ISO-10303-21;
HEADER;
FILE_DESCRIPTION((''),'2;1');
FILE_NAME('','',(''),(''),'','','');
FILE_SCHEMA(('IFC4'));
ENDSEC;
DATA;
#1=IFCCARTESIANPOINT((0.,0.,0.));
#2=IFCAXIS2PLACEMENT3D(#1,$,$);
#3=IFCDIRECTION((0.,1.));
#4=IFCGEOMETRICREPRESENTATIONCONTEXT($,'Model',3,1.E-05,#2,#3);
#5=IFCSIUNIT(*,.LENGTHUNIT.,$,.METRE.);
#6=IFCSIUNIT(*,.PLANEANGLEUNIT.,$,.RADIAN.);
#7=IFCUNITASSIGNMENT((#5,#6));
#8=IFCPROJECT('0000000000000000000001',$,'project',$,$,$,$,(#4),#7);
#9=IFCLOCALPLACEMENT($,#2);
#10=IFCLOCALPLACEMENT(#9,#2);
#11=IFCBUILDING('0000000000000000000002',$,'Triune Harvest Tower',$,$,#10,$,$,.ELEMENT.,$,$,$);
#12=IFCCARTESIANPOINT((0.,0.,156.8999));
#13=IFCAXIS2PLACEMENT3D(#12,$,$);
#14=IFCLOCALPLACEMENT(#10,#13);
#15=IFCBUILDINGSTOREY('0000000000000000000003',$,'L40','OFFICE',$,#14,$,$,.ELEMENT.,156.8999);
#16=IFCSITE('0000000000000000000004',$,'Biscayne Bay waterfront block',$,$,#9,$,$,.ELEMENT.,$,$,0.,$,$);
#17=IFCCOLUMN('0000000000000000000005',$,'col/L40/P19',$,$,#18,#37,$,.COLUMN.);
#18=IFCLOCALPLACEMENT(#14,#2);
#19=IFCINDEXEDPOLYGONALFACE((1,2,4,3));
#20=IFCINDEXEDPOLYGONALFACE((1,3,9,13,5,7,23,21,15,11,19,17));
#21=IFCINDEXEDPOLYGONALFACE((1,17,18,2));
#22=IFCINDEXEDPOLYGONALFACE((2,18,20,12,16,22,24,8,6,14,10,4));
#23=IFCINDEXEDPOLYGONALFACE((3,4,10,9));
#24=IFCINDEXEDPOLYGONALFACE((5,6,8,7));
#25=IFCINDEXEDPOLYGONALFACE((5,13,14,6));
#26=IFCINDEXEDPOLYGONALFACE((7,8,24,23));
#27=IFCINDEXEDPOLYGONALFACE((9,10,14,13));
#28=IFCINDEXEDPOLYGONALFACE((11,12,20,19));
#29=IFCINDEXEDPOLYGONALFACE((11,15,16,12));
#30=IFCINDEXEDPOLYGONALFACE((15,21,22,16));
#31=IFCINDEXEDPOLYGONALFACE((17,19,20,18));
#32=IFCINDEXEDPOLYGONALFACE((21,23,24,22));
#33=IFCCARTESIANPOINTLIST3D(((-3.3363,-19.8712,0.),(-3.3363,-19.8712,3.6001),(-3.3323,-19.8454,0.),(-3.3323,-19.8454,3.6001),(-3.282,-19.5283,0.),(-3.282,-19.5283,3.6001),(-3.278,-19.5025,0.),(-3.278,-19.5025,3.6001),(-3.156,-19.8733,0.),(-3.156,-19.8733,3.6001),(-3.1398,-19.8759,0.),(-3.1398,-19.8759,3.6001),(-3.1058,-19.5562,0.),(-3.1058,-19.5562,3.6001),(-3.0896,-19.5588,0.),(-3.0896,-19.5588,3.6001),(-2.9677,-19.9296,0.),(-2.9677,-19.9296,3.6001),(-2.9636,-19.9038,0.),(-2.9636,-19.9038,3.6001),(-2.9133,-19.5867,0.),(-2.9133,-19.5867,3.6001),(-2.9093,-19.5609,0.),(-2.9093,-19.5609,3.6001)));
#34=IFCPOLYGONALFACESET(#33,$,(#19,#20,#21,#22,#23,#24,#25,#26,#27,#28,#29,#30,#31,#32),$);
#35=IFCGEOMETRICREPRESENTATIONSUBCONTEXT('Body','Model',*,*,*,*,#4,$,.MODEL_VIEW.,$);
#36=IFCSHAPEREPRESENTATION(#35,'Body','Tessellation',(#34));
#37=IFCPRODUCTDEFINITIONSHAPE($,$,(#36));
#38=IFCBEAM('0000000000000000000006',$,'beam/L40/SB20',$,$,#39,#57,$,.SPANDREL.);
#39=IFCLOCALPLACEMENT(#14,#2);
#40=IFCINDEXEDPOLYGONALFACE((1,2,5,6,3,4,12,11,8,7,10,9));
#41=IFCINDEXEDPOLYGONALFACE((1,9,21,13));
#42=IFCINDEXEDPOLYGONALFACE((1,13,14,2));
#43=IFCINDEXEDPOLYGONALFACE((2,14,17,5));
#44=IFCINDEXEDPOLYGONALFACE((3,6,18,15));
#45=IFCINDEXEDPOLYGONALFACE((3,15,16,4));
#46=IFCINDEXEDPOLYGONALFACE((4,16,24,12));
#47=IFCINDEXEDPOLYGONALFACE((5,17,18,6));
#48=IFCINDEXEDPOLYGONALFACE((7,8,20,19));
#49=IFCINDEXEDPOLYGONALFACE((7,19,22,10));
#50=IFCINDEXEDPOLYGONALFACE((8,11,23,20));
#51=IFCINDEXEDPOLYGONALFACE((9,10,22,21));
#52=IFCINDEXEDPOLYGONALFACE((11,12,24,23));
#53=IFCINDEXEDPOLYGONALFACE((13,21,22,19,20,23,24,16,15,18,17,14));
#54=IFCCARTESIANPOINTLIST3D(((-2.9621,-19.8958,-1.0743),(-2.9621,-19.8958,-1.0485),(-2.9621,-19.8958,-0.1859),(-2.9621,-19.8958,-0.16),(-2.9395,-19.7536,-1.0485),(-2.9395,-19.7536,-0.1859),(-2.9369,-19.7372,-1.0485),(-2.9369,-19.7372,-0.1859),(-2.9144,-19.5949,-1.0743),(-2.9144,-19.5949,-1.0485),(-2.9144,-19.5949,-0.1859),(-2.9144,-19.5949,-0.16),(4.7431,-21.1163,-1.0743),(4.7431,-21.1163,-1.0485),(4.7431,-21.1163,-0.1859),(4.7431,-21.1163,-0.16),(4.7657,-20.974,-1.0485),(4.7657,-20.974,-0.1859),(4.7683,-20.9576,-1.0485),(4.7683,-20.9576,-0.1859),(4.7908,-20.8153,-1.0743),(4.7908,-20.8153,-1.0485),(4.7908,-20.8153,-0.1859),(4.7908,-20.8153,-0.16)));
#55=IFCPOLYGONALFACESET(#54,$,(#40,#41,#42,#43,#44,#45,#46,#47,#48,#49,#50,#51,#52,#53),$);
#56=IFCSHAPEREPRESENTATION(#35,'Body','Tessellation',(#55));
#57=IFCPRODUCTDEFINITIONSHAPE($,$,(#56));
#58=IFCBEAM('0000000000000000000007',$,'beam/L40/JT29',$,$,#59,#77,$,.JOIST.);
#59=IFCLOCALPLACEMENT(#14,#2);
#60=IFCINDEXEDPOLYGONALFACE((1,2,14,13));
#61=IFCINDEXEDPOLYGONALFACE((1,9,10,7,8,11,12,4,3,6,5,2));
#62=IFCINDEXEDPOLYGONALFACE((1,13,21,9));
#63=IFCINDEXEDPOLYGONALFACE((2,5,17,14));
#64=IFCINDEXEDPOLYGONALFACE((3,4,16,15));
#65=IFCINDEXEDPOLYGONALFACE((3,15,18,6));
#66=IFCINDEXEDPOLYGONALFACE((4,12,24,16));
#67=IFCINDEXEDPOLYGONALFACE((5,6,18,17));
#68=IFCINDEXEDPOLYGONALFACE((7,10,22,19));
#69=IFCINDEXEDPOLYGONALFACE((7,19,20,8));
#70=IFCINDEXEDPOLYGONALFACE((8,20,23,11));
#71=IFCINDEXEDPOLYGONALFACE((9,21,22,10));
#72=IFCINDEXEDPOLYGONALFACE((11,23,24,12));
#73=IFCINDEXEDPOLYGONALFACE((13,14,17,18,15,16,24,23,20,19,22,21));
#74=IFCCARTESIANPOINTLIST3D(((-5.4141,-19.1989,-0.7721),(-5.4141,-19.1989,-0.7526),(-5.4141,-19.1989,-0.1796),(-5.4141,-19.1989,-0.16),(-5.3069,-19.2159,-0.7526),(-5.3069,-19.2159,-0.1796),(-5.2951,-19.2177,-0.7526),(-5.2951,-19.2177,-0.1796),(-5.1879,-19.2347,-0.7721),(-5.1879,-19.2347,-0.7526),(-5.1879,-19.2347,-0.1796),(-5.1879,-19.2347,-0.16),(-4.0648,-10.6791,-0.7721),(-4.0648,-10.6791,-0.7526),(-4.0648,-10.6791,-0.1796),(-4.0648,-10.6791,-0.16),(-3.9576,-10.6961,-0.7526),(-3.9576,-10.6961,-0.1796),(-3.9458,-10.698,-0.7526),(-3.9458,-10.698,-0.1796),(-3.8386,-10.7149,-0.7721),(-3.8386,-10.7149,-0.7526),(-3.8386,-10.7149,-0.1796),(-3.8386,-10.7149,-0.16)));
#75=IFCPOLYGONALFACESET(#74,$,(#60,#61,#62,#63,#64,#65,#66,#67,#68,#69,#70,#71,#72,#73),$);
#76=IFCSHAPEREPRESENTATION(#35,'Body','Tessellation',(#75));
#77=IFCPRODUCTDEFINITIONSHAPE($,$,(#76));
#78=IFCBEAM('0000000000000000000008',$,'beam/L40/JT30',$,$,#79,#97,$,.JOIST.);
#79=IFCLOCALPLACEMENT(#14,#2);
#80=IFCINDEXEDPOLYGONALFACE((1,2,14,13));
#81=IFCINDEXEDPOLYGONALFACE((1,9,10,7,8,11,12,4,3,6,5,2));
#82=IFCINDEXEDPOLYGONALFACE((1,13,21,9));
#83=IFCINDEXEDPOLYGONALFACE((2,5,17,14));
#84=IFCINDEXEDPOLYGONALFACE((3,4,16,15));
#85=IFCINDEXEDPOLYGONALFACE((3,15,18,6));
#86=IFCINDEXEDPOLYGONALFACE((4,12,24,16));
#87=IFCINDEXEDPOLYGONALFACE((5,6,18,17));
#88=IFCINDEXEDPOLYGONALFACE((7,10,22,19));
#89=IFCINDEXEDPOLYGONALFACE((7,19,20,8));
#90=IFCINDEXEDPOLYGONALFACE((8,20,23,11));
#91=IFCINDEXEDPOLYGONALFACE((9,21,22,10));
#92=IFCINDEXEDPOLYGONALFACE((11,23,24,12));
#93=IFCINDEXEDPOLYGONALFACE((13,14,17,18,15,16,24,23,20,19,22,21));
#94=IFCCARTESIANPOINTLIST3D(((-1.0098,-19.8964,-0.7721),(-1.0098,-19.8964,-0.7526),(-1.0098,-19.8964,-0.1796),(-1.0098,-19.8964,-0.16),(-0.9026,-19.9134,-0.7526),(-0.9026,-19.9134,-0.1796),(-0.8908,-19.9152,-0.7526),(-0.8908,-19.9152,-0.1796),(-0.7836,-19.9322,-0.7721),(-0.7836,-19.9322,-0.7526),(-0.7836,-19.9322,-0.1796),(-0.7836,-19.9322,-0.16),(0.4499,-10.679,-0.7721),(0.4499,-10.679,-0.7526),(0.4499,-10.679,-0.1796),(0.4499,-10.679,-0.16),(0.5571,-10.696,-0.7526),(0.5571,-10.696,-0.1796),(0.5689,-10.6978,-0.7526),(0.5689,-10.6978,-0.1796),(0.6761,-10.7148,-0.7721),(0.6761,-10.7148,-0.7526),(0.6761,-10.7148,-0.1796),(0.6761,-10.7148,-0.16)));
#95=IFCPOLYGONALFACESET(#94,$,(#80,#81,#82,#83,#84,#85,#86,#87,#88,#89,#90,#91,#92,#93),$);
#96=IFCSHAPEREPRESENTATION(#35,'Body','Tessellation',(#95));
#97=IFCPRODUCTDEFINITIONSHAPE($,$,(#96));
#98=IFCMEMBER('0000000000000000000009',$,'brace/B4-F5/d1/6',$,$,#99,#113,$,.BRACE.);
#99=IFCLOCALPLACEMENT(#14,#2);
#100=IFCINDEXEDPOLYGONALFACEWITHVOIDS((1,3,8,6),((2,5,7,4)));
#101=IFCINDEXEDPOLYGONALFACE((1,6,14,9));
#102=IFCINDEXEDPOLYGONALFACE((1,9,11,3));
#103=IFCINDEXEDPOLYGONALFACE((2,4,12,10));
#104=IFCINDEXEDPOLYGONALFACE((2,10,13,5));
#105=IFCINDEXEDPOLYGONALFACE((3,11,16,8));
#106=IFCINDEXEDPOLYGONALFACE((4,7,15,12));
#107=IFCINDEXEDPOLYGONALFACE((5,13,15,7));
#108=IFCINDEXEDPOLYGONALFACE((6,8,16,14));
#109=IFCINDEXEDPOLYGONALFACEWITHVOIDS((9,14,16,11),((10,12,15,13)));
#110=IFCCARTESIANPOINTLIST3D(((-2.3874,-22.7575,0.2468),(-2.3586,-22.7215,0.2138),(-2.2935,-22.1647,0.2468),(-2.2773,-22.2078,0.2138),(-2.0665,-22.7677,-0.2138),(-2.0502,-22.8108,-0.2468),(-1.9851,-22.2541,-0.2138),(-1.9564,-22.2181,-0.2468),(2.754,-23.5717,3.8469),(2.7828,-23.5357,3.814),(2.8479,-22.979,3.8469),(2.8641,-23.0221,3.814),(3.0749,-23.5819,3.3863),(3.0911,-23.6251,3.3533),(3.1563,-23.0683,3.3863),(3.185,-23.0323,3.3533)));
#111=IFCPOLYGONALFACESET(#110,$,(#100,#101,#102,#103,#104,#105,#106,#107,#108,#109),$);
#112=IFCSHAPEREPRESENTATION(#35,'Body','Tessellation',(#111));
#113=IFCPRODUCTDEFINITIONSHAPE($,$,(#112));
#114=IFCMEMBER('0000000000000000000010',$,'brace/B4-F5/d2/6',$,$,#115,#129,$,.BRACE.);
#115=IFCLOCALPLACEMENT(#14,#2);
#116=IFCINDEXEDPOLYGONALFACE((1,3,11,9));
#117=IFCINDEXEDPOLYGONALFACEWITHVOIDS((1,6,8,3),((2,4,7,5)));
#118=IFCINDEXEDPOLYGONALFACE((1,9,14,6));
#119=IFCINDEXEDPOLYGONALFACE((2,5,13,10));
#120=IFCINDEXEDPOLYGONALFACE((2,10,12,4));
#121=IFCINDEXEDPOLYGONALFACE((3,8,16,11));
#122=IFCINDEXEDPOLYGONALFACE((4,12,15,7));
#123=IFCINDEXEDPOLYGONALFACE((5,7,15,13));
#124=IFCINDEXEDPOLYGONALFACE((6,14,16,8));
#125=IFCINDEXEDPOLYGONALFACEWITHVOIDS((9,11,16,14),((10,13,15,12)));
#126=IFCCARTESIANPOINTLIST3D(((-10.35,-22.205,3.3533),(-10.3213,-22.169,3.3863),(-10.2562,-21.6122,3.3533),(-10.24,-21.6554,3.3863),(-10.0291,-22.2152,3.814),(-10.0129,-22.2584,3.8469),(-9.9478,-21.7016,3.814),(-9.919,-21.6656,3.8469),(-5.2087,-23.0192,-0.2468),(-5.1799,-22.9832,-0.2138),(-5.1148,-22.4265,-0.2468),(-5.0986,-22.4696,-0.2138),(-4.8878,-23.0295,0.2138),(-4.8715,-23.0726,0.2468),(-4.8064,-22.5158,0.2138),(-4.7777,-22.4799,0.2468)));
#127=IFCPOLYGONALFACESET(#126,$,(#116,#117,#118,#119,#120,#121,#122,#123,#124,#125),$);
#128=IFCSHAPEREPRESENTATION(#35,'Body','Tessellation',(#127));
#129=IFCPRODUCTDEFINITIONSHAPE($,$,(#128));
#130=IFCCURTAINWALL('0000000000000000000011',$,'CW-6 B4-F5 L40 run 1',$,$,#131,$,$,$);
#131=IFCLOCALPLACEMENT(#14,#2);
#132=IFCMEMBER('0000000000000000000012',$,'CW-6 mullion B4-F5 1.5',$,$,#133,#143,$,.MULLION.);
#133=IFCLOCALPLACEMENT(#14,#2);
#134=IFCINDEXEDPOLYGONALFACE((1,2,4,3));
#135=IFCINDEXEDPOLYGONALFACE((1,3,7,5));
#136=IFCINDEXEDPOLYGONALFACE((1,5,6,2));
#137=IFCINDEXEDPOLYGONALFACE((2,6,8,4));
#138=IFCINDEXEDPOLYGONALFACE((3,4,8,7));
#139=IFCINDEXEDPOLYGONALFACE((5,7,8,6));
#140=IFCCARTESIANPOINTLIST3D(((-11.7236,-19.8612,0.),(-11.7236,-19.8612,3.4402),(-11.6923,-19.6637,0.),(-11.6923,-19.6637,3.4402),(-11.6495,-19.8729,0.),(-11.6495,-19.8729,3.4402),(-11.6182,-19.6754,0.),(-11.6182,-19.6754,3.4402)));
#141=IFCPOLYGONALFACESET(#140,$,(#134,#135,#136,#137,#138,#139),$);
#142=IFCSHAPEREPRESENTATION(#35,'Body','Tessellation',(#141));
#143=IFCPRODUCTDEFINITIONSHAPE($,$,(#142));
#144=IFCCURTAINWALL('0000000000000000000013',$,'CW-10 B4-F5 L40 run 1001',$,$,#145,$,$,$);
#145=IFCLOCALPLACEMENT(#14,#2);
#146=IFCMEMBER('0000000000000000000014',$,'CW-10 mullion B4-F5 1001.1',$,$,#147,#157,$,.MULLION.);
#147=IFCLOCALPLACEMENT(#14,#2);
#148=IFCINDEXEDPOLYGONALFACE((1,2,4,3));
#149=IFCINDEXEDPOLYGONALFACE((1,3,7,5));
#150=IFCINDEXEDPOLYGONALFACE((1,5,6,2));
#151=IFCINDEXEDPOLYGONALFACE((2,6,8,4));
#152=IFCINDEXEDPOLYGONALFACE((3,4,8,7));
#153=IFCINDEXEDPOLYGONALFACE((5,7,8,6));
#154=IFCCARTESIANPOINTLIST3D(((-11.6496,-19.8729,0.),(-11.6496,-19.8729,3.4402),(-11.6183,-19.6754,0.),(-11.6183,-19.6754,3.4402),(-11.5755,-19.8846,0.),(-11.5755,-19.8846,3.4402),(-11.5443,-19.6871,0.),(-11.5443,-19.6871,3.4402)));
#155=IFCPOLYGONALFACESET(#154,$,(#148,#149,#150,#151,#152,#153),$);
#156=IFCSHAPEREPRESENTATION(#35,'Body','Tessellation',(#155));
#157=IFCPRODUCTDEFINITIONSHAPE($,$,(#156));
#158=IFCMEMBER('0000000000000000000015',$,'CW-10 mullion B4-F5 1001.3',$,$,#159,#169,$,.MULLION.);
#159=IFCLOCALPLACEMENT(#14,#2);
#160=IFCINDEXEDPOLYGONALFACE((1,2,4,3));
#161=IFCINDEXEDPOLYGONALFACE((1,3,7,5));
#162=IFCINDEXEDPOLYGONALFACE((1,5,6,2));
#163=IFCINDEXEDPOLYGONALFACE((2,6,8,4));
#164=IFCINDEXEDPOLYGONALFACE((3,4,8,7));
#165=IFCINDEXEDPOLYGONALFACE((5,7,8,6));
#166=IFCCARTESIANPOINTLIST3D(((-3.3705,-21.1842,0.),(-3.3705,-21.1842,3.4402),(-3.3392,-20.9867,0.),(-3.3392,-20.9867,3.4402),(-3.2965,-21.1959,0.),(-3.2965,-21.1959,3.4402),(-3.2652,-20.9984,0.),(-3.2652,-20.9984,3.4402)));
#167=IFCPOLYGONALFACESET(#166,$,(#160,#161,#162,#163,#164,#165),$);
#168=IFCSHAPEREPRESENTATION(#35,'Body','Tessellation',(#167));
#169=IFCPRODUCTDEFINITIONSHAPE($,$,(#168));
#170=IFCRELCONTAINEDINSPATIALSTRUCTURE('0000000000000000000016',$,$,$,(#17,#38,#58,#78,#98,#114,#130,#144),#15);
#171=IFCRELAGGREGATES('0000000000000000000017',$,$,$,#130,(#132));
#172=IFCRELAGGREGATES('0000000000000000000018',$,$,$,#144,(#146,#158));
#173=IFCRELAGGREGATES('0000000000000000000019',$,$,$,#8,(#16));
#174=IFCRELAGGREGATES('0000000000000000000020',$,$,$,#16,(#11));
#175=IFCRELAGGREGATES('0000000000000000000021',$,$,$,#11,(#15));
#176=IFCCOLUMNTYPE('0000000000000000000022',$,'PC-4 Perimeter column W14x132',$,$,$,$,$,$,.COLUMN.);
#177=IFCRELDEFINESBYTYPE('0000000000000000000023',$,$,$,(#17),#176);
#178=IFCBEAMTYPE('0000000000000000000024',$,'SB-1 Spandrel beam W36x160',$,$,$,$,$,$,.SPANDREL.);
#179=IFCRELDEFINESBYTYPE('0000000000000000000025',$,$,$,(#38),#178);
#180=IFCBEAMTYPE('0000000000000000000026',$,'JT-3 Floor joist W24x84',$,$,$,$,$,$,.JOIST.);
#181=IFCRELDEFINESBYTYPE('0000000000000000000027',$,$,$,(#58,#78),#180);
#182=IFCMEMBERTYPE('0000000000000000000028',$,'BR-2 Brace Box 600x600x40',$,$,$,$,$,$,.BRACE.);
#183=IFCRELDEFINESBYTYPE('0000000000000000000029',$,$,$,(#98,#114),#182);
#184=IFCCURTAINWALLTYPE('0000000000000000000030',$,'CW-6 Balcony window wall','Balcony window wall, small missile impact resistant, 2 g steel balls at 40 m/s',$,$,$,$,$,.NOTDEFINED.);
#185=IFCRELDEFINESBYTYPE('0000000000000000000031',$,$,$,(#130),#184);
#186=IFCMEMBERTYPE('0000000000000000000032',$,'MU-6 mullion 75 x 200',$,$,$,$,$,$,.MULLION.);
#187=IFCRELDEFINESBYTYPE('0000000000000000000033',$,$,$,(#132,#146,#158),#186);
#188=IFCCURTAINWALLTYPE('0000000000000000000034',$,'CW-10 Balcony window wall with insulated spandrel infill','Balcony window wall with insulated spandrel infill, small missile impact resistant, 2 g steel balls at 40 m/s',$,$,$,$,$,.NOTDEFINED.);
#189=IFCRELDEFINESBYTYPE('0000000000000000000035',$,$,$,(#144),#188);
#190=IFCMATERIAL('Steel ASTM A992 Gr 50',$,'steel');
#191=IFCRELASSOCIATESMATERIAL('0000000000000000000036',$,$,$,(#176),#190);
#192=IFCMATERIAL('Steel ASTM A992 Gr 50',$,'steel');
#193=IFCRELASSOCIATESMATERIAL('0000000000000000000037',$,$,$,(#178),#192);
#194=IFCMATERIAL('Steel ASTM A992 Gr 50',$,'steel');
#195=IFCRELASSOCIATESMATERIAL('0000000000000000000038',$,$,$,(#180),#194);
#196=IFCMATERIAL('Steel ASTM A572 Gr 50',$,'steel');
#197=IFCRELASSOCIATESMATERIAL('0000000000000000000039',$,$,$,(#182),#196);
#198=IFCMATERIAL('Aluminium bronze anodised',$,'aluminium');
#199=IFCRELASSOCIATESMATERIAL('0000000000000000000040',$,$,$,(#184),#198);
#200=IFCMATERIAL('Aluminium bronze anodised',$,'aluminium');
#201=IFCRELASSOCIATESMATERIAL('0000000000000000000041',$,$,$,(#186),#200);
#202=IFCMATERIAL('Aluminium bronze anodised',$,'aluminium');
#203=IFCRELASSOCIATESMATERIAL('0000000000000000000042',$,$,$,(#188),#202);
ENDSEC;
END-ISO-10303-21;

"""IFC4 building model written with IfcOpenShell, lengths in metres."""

from ifc_helpers import new_model, si_unit, direction, frame, origin, origin_2d, place, context, subcontext, project, spatial, rectangle, hollow_rectangle, i_section, extrude, source, transform, mapped, material, material_profile, profile_set, type_object, element, aggregate, save


model = new_model("IFC4")

# Units and contexts
model_context = context("Model", 3, precision=1e-05, world=origin(), true_north=direction((0.0, 1.0)))
body_context = subcontext(model_context, "Body", "Model", "MODEL_VIEW")
ifc_project = project(units=[si_unit("LENGTHUNIT", "METRE"), si_unit("PLANEANGLEUNIT", "RADIAN")], contexts=[model_context])

# Site, building, storey
site_placement = place(None, origin())
site = spatial("IfcSite", under=ifc_project, at=site_placement, Name="Biscayne Bay waterfront block", CompositionType="ELEMENT", RefElevation=0.0)
building_placement = place(site_placement, origin())
building = spatial("IfcBuilding", under=site, at=building_placement, Name="Triune Harvest Tower", CompositionType="ELEMENT")
storey_placement = place(building_placement, frame((0.0, 0.0, 156.8999)))
storey = spatial("IfcBuildingStorey", under=building, at=storey_placement, Name="L40", Description="OFFICE", CompositionType="ELEMENT", Elevation=156.8999)

# Column
ifc_material_1 = material(Name="Steel ASTM A992 Gr 50", Category="steel")
ifc_material_profile_1 = material_profile(ifc_material_1, i_section(OverallWidth=0.3733, OverallDepth=0.3733, WebThickness=0.0164, FlangeThickness=0.0261, at=origin_2d()), Name="W14x132")
ifc_profile_set_1 = profile_set([ifc_material_profile_1], Name="Steel ASTM A992 Gr 50")
column_type = type_object("IfcColumnType", Name="PC-4 Perimeter column W14x132", PredefinedType="COLUMN", material=ifc_profile_set_1)
shared_shape_1 = source(origin(), body_context, "Body", "SweptSolid", [
    extrude(i_section(OverallWidth=0.3733, OverallDepth=0.3733, WebThickness=0.0164, FlangeThickness=0.0261, at=origin_2d()), origin(), (0.0, 0.0, 1.0), 3.6001),
])
column_placement = place(storey_placement, frame((-3.1228, -19.7161, 0.0), z_axis=(0.0, 0.0, 1.0), x_axis=(0.987688, -0.156434, 0.0)))
element("IfcColumn", 1, at=column_placement, inside=storey, type_object=column_type, Name="col/L40/P19", PredefinedType="COLUMN", context=body_context, shape_type="MappedRepresentation", body=[
    mapped(shared_shape_1, transform((0.0, 0.0, 0.0), scale=1.0)),
])

# Beams
ifc_material_2 = material(Name="Steel ASTM A992 Gr 50", Category="steel")
ifc_material_profile_2 = material_profile(ifc_material_2, i_section(OverallWidth=0.3047, OverallDepth=0.9143, WebThickness=0.0166, FlangeThickness=0.0259, at=origin_2d()), Name="W36x160")
ifc_profile_set_2 = profile_set([ifc_material_profile_2], Name="Steel ASTM A992 Gr 50")
beam_type_1 = type_object("IfcBeamType", Name="SB-1 Spandrel beam W36x160", PredefinedType="SPANDREL", material=ifc_profile_set_2)
shared_shape_2 = source(origin(), body_context, "Body", "SweptSolid", [
    extrude(i_section(OverallWidth=0.3047, OverallDepth=0.9143, WebThickness=0.0166, FlangeThickness=0.0259, at=origin_2d()), origin(), (0.0, 0.0, 1.0), 7.8013),
])
beam_1_placement = place(storey_placement, frame((-2.9382, -19.7454, -0.6172), z_axis=(0.987687, -0.156441, 0.0), x_axis=(0.156441, 0.987687, 0.0)))
element("IfcBeam", 2, at=beam_1_placement, inside=storey, type_object=beam_type_1, Name="beam/L40/SB20", PredefinedType="SPANDREL", context=body_context, shape_type="MappedRepresentation", body=[
    mapped(shared_shape_2, transform((0.0, 0.0, 0.0), scale=1.0)),
])
ifc_material_3 = material(Name="Steel ASTM A992 Gr 50", Category="steel")
ifc_material_profile_3 = material_profile(ifc_material_3, i_section(OverallWidth=0.229, OverallDepth=0.6121, WebThickness=0.012, FlangeThickness=0.0195, at=origin_2d()), Name="W24x84")
ifc_profile_set_3 = profile_set([ifc_material_profile_3], Name="Steel ASTM A992 Gr 50")
beam_type_2 = type_object("IfcBeamType", Name="JT-3 Floor joist W24x84", PredefinedType="JOIST", material=ifc_profile_set_3)
shared_shape_3 = source(origin(), body_context, "Body", "SweptSolid", [
    extrude(i_section(OverallWidth=0.229, OverallDepth=0.6121, WebThickness=0.012, FlangeThickness=0.0195, at=origin_2d()), origin(), (0.0, 0.0, 1.0), 8.626),
])
beam_2_placement = place(storey_placement, frame((-5.301, -19.2168, -0.4661), z_axis=(0.156431, 0.987689, 0.0), x_axis=(-0.987689, 0.156431, 0.0)))
element("IfcBeam", 3, at=beam_2_placement, inside=storey, type_object=beam_type_2, Name="beam/L40/JT29", PredefinedType="JOIST", context=body_context, shape_type="MappedRepresentation", body=[
    mapped(shared_shape_3, transform((0.0, 0.0, 0.0), scale=1.0)),
])
shared_shape_4 = source(origin(), body_context, "Body", "SweptSolid", [
    extrude(i_section(OverallWidth=0.229, OverallDepth=0.6121, WebThickness=0.012, FlangeThickness=0.0195, at=origin_2d()), origin(), (0.0, 0.0, 1.0), 9.3323),
])
beam_3_placement = place(storey_placement, frame((-0.8967, -19.9143, -0.4661), z_axis=(0.156418, 0.987691, 0.0), x_axis=(-0.987691, 0.156418, 0.0)))
element("IfcBeam", 4, at=beam_3_placement, inside=storey, type_object=beam_type_2, Name="beam/L40/JT30", PredefinedType="JOIST", context=body_context, shape_type="MappedRepresentation", body=[
    mapped(shared_shape_4, transform((0.0, 0.0, 0.0), scale=1.0)),
])

# Members
ifc_material_4 = material(Name="Steel ASTM A572 Gr 50", Category="steel")
ifc_material_profile_4 = material_profile(ifc_material_4, hollow_rectangle(XDim=0.6001, YDim=0.6001, WallThickness=0.04, at=origin_2d()), Name="Box 600x600x40")
ifc_profile_set_4 = profile_set([ifc_material_profile_4], Name="Steel ASTM A572 Gr 50")
member_type_1 = type_object("IfcMemberType", Name="BR-2 Brace Box 600x600x40", PredefinedType="BRACE", material=ifc_profile_set_4)
shared_shape_5 = source(origin(), body_context, "Body", "SweptSolid", [
    extrude(hollow_rectangle(XDim=0.6001, YDim=0.6001, WallThickness=0.04, at=origin_2d()), origin(), (0.0, 0.0, 1.0), 6.3291),
])
for number, where, z_axis, x_axis, name in (
    (5, (-2.1719, -22.4878, 0.0), (0.812339, -0.128646, 0.568819), (0.156415, 0.987691, 0.0), "brace/B4-F5/d1/6"),
    (6, (-4.9932, -22.7495, 0.0), (-0.812339, 0.128646, 0.568819), (-0.156415, -0.987691, 0.0), "brace/B4-F5/d2/6"),
):
    element("IfcMember", number, at=place(storey_placement, frame(where, z_axis=z_axis, x_axis=x_axis)), inside=storey, type_object=member_type_1, Name=name, PredefinedType="BRACE", context=body_context, shape_type="MappedRepresentation", body=[
        mapped(shared_shape_5, transform((0.0, 0.0, 0.0), scale=1.0)),
    ])

# Curtain wall, member
ifc_material_5 = material(Name="Aluminium bronze anodised", Category="aluminium")
curtain_wall_type_1 = type_object("IfcCurtainWallType", Name="CW-6 Balcony window wall", Description="Balcony window wall, small missile impact resistant, 2 g steel balls at 40 m/s", PredefinedType="NOTDEFINED", material=ifc_material_5)
curtain_wall_1_placement = place(storey_placement, origin())
curtain_wall_1 = element("IfcCurtainWall", 7, at=curtain_wall_1_placement, inside=storey, type_object=curtain_wall_type_1, Name="CW-6 B4-F5 L40 run 1")
ifc_material_6 = material(Name="Aluminium bronze anodised", Category="aluminium")
ifc_material_profile_5 = material_profile(ifc_material_6, rectangle(XDim=0.2, YDim=0.075, at=origin_2d()), Name="MU-6 mullion 75 x 200")
ifc_profile_set_5 = profile_set([ifc_material_profile_5], Name="Aluminium bronze anodised")
member_type_2 = type_object("IfcMemberType", Name="MU-6 mullion 75 x 200", PredefinedType="MULLION", material=ifc_profile_set_5)
shared_shape_6 = source(origin(), body_context, "Body", "SweptSolid", [
    extrude(rectangle(XDim=0.2, YDim=0.075, at=origin_2d()), origin(), (0.0, 0.0, 1.0), 3.4402),
])
member_1_placement = place(storey_placement, frame((-11.6709, -19.7683, 0.0), z_axis=(0.0, 0.0, 1.0), x_axis=(0.156437, 0.987688, 0.0)))
member_1 = element("IfcMember", 8, at=member_1_placement, type_object=member_type_2, Name="CW-6 mullion B4-F5 1.5", PredefinedType="MULLION", context=body_context, shape_type="MappedRepresentation", body=[
    mapped(shared_shape_6, transform((0.0, 0.0, 0.0), scale=1.0)),
])

# Curtain wall, members
ifc_material_7 = material(Name="Aluminium bronze anodised", Category="aluminium")
curtain_wall_type_2 = type_object("IfcCurtainWallType", Name="CW-10 Balcony window wall with insulated spandrel infill", Description="Balcony window wall with insulated spandrel infill, small missile impact resistant, 2 g steel balls at 40 m/s", PredefinedType="NOTDEFINED", material=ifc_material_7)
curtain_wall_2_placement = place(storey_placement, origin())
curtain_wall_2 = element("IfcCurtainWall", 9, at=curtain_wall_2_placement, inside=storey, type_object=curtain_wall_type_2, Name="CW-10 B4-F5 L40 run 1001")
member_2_placement = place(storey_placement, frame((-11.5969, -19.78, 0.0), z_axis=(0.0, 0.0, 1.0), x_axis=(0.156433, 0.987689, 0.0)))
member_2 = element("IfcMember", 10, at=member_2_placement, type_object=member_type_2, Name="CW-10 mullion B4-F5 1001.1", PredefinedType="MULLION", context=body_context, shape_type="MappedRepresentation", body=[
    mapped(shared_shape_6, transform((0.0, 0.0, 0.0), scale=1.0)),
])
member_3_placement = place(storey_placement, frame((-3.3179, -21.0913, 0.0), z_axis=(0.0, 0.0, 1.0), x_axis=(0.156433, 0.987689, 0.0)))
member_3 = element("IfcMember", 11, at=member_3_placement, type_object=member_type_2, Name="CW-10 mullion B4-F5 1001.3", PredefinedType="MULLION", context=body_context, shape_type="MappedRepresentation", body=[
    mapped(shared_shape_6, transform((0.0, 0.0, 0.0), scale=1.0)),
])

aggregate(curtain_wall_1, [member_1])
aggregate(curtain_wall_2, [member_2, member_3])

save(model, "model.ifc")
